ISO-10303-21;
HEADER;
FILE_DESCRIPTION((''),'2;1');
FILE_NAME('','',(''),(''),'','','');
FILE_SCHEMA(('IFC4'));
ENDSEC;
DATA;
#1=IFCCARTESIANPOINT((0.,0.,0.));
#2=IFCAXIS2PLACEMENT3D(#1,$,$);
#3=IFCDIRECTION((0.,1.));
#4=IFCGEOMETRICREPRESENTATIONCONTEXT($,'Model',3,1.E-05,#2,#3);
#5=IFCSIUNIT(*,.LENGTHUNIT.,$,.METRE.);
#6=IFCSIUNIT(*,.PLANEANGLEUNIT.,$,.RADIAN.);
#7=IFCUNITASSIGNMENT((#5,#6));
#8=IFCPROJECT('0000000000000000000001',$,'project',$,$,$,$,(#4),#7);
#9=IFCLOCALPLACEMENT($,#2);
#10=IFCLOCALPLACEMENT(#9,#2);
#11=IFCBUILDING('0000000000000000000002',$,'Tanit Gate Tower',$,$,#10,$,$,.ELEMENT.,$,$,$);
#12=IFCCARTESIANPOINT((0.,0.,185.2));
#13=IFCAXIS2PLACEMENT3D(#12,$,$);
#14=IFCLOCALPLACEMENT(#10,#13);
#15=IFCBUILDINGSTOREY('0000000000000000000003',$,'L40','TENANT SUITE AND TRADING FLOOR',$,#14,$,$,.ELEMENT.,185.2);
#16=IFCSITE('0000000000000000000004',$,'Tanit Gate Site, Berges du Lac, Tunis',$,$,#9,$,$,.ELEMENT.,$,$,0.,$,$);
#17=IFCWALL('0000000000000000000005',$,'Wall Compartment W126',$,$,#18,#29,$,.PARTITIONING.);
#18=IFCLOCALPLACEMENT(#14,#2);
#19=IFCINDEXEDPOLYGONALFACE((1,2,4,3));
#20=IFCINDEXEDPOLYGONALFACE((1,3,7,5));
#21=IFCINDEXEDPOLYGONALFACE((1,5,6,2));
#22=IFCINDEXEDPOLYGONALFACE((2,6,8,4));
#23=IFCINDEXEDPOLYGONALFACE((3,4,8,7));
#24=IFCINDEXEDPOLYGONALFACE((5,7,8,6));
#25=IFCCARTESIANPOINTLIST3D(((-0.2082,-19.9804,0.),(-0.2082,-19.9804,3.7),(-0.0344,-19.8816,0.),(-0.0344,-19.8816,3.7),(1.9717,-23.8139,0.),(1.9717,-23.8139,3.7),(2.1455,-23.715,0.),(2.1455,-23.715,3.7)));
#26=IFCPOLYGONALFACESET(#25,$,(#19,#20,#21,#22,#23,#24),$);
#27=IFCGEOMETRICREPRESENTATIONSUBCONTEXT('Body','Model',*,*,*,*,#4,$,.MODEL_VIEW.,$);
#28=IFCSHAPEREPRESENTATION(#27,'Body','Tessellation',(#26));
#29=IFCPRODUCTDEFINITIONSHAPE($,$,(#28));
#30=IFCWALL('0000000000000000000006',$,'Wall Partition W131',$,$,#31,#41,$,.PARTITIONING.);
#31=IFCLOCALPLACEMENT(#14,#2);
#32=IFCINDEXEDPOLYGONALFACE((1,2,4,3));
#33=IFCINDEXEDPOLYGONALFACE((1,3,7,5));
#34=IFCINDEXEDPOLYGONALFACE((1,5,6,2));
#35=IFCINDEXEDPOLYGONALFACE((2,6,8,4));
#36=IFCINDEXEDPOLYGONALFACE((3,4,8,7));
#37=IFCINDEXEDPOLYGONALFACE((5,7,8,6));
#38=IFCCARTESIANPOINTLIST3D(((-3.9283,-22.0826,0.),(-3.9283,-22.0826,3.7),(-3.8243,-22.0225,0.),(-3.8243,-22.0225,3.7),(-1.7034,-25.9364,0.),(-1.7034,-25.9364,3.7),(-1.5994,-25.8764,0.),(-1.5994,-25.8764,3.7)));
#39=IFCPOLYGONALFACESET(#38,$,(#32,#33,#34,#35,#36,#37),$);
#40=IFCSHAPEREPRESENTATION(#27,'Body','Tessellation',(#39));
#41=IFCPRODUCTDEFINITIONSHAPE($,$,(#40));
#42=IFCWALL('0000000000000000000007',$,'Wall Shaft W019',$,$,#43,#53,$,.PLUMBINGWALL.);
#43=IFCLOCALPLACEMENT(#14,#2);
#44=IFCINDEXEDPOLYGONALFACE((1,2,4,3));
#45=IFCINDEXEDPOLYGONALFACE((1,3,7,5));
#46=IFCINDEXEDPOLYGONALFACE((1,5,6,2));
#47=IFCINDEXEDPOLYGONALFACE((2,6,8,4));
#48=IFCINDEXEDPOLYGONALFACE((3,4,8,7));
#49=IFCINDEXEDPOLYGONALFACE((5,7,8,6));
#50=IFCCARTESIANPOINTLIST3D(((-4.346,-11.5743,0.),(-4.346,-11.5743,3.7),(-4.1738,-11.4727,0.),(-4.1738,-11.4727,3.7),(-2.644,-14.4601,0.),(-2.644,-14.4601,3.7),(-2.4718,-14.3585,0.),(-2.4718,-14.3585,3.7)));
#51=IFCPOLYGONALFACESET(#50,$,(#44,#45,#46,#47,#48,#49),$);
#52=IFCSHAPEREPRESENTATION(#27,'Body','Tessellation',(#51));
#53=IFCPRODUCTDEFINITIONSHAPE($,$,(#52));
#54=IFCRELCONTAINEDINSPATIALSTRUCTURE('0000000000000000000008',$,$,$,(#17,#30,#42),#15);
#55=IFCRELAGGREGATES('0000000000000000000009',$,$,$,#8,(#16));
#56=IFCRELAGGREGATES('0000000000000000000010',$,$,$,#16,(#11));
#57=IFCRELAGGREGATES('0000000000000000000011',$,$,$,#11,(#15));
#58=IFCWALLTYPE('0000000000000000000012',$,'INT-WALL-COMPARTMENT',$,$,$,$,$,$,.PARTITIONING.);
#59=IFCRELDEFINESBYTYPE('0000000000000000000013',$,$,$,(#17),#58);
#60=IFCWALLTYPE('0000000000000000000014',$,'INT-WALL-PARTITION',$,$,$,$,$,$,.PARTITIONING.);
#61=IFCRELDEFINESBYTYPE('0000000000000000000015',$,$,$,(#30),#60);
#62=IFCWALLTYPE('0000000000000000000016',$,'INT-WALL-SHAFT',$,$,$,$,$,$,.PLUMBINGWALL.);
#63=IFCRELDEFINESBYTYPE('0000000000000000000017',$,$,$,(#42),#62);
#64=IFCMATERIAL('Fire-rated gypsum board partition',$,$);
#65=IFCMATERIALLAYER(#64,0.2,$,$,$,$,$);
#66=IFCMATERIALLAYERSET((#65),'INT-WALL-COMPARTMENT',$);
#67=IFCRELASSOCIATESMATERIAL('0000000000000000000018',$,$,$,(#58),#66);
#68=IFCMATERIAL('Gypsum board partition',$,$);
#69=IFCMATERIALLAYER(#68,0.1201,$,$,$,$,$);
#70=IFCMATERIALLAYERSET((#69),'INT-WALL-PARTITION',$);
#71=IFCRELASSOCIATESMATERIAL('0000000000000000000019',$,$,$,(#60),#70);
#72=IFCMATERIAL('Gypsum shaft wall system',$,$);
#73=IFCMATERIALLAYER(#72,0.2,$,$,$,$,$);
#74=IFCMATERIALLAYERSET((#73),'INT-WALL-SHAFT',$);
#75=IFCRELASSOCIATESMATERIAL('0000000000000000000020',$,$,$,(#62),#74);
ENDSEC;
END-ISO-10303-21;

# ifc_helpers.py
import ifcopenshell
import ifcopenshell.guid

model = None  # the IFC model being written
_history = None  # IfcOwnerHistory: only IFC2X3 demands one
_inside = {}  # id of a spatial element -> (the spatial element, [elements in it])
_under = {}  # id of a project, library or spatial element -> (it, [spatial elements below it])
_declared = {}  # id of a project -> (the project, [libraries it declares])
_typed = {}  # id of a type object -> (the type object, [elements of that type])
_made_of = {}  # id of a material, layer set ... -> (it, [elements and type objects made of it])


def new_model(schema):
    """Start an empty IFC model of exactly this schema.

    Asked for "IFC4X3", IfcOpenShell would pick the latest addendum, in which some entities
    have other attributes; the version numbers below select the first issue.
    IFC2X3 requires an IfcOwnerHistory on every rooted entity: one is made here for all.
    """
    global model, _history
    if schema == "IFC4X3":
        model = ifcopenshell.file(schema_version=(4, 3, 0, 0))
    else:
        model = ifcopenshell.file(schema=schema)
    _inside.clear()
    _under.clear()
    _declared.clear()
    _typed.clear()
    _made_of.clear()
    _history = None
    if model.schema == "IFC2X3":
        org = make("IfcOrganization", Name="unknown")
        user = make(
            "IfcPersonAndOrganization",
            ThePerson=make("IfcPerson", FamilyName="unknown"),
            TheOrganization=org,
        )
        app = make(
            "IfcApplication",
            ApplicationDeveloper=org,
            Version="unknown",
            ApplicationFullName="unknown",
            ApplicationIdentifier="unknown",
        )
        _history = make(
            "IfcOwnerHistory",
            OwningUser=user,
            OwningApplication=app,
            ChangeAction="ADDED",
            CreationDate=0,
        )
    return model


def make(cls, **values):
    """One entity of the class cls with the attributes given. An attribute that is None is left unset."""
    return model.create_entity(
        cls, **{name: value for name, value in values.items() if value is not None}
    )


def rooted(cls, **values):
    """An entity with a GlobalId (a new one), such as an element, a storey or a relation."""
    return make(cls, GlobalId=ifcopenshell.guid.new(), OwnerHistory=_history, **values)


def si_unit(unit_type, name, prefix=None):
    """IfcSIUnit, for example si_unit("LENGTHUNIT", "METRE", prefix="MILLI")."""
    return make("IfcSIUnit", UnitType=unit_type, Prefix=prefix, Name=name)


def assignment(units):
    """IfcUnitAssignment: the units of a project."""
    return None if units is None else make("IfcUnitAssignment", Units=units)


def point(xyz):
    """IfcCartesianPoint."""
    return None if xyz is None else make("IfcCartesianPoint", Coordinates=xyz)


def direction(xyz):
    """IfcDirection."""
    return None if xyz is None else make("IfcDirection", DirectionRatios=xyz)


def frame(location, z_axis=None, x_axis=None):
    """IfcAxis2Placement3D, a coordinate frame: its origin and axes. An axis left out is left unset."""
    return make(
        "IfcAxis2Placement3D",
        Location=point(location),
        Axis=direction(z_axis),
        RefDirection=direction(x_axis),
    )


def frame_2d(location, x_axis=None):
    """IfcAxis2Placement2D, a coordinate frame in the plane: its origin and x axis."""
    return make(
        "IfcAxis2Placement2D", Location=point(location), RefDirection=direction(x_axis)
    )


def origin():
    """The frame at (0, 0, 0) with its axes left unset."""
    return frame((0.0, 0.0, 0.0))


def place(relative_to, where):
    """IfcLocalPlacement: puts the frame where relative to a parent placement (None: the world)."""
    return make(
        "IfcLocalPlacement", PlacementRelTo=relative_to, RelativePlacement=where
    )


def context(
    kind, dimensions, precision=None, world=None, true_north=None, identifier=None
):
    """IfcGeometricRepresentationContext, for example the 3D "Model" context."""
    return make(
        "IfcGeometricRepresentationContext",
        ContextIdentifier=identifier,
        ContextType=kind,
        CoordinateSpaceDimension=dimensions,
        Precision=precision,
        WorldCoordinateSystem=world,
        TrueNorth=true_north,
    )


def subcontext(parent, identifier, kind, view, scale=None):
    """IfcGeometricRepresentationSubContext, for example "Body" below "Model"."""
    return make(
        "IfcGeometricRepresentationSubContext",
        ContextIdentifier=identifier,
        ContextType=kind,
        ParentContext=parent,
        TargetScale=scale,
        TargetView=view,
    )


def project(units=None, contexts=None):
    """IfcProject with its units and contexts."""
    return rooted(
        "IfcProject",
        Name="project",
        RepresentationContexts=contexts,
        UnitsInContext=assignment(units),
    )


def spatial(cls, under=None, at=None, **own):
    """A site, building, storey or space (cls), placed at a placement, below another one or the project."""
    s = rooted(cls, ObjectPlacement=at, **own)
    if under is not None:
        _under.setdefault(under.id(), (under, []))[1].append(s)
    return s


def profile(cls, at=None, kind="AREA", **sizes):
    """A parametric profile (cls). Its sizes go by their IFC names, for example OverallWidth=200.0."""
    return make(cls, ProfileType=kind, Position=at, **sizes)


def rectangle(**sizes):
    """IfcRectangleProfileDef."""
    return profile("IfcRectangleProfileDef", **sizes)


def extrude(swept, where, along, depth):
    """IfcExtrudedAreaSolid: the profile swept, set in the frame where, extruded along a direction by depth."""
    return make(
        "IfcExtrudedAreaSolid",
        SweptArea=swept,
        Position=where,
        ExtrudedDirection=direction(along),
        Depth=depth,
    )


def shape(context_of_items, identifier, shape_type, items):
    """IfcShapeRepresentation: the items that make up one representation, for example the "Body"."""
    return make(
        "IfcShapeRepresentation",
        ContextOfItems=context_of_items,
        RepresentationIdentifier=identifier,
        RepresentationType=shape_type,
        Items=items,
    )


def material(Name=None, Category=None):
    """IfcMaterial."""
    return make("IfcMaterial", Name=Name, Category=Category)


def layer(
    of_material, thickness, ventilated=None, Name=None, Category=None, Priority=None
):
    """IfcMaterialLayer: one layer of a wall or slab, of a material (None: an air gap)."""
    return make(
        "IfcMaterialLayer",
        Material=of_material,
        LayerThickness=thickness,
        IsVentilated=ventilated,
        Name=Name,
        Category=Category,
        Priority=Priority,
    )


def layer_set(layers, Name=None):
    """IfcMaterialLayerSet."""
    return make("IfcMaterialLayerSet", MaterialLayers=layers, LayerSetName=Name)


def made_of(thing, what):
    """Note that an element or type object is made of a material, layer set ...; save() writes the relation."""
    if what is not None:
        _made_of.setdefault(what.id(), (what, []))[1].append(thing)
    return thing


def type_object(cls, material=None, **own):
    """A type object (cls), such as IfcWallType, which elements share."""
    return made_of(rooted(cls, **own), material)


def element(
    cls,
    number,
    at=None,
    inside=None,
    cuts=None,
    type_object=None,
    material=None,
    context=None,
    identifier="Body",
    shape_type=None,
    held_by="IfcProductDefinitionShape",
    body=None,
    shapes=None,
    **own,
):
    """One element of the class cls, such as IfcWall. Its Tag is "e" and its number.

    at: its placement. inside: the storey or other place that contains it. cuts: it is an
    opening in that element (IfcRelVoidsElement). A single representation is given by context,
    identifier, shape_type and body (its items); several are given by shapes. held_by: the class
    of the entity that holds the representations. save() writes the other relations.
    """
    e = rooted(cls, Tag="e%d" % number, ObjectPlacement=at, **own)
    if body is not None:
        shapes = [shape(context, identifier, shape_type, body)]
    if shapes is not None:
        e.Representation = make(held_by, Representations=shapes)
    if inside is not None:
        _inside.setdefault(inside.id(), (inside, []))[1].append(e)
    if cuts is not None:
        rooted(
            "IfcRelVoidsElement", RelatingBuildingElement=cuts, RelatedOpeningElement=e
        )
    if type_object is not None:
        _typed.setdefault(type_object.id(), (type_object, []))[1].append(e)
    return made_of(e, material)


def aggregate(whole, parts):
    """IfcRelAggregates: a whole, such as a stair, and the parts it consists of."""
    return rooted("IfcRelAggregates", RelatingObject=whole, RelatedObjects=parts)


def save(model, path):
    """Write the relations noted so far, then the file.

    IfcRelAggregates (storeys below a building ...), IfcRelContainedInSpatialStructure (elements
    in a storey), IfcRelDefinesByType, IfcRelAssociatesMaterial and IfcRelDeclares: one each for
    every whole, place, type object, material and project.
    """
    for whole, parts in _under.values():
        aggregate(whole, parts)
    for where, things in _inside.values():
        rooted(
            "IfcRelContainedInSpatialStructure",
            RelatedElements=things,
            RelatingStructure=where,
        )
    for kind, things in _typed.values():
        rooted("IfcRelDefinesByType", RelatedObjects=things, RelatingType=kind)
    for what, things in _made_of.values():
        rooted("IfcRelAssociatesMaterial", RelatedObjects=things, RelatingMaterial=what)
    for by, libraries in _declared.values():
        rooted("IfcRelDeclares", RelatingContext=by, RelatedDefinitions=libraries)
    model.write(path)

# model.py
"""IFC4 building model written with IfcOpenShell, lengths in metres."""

from ifc_helpers import new_model, si_unit, direction, frame, frame_2d, origin, place, context, subcontext, project, spatial, rectangle, extrude, material, layer, layer_set, type_object, element, save


model = new_model("IFC4")

# Units and contexts
model_context = context("Model", 3, precision=1e-05, world=origin(), true_north=direction((0.0, 1.0)))
body_context = subcontext(model_context, "Body", "Model", "MODEL_VIEW")
ifc_project = project(units=[si_unit("LENGTHUNIT", "METRE"), si_unit("PLANEANGLEUNIT", "RADIAN")], contexts=[model_context])

# Site, building, storey
site_placement = place(None, origin())
site = spatial("IfcSite", under=ifc_project, at=site_placement, Name="Tanit Gate Site, Berges du Lac, Tunis", CompositionType="ELEMENT", RefElevation=0.0)
building_placement = place(site_placement, origin())
building = spatial("IfcBuilding", under=site, at=building_placement, Name="Tanit Gate Tower", CompositionType="ELEMENT")
storey_placement = place(building_placement, frame((0.0, 0.0, 185.2)))
storey = spatial("IfcBuildingStorey", under=building, at=storey_placement, Name="L40", Description="TENANT SUITE AND TRADING FLOOR", CompositionType="ELEMENT", Elevation=185.2)

# Shared definitions
ifc_material_1 = material(Name="Fire-rated gypsum board partition")
ifc_layer_1 = layer(ifc_material_1, 0.2)
ifc_layer_set_1 = layer_set([ifc_layer_1], Name="INT-WALL-COMPARTMENT")
wall_type_1 = type_object("IfcWallType", Name="INT-WALL-COMPARTMENT", PredefinedType="PARTITIONING", material=ifc_layer_set_1)

# Walls
wall_1_placement = place(storey_placement, frame((-0.1213, -19.9309, 0.0), z_axis=(0.0, 0.0, 1.0), x_axis=(0.494319, -0.86928, 0.0)))
element("IfcWall", 1, at=wall_1_placement, inside=storey, type_object=wall_type_1, Name="Wall Compartment W126", PredefinedType="PARTITIONING", context=body_context, shape_type="SweptSolid", body=[
    extrude(rectangle(XDim=4.4099, YDim=0.2, at=frame_2d((2.2051, 0.0))), origin(), (0.0, 0.0, 1.0), 3.7),
])
ifc_material_2 = material(Name="Gypsum board partition")
ifc_layer_2 = layer(ifc_material_2, 0.1201)
ifc_layer_set_2 = layer_set([ifc_layer_2], Name="INT-WALL-PARTITION")
wall_type_2 = type_object("IfcWallType", Name="INT-WALL-PARTITION", PredefinedType="PARTITIONING", material=ifc_layer_set_2)
wall_2_placement = place(storey_placement, frame((-1.6514, -25.9065, 0.0), z_axis=(0.0, 0.0, 1.0), x_axis=(-0.49998, 0.866037, 0.0)))
element("IfcWall", 2, at=wall_2_placement, inside=storey, type_object=wall_type_2, Name="Wall Partition W131", PredefinedType="PARTITIONING", context=body_context, shape_type="SweptSolid", body=[
    extrude(rectangle(XDim=4.45, YDim=0.1201, at=frame_2d((2.2251, 0.0))), origin(), (0.0, 0.0, 1.0), 3.7),
])
ifc_material_3 = material(Name="Gypsum shaft wall system")
ifc_layer_3 = layer(ifc_material_3, 0.2)
ifc_layer_set_3 = layer_set([ifc_layer_3], Name="INT-WALL-SHAFT")
wall_type_3 = type_object("IfcWallType", Name="INT-WALL-SHAFT", PredefinedType="PLUMBINGWALL", material=ifc_layer_set_3)
wall_3_placement = place(storey_placement, frame((-2.5579, -14.4094, 0.0), z_axis=(0.0, 0.0, 1.0), x_axis=(-0.507997, 0.861359, 0.0)))
element("IfcWall", 3, at=wall_3_placement, inside=storey, type_object=wall_type_3, Name="Wall Shaft W019", PredefinedType="PLUMBINGWALL", context=body_context, shape_type="SweptSolid", body=[
    extrude(rectangle(XDim=3.3503, YDim=0.2, at=frame_2d((1.6753, 0.0))), origin(), (0.0, 0.0, 1.0), 3.7),
])

save(model, "model.ifc")
